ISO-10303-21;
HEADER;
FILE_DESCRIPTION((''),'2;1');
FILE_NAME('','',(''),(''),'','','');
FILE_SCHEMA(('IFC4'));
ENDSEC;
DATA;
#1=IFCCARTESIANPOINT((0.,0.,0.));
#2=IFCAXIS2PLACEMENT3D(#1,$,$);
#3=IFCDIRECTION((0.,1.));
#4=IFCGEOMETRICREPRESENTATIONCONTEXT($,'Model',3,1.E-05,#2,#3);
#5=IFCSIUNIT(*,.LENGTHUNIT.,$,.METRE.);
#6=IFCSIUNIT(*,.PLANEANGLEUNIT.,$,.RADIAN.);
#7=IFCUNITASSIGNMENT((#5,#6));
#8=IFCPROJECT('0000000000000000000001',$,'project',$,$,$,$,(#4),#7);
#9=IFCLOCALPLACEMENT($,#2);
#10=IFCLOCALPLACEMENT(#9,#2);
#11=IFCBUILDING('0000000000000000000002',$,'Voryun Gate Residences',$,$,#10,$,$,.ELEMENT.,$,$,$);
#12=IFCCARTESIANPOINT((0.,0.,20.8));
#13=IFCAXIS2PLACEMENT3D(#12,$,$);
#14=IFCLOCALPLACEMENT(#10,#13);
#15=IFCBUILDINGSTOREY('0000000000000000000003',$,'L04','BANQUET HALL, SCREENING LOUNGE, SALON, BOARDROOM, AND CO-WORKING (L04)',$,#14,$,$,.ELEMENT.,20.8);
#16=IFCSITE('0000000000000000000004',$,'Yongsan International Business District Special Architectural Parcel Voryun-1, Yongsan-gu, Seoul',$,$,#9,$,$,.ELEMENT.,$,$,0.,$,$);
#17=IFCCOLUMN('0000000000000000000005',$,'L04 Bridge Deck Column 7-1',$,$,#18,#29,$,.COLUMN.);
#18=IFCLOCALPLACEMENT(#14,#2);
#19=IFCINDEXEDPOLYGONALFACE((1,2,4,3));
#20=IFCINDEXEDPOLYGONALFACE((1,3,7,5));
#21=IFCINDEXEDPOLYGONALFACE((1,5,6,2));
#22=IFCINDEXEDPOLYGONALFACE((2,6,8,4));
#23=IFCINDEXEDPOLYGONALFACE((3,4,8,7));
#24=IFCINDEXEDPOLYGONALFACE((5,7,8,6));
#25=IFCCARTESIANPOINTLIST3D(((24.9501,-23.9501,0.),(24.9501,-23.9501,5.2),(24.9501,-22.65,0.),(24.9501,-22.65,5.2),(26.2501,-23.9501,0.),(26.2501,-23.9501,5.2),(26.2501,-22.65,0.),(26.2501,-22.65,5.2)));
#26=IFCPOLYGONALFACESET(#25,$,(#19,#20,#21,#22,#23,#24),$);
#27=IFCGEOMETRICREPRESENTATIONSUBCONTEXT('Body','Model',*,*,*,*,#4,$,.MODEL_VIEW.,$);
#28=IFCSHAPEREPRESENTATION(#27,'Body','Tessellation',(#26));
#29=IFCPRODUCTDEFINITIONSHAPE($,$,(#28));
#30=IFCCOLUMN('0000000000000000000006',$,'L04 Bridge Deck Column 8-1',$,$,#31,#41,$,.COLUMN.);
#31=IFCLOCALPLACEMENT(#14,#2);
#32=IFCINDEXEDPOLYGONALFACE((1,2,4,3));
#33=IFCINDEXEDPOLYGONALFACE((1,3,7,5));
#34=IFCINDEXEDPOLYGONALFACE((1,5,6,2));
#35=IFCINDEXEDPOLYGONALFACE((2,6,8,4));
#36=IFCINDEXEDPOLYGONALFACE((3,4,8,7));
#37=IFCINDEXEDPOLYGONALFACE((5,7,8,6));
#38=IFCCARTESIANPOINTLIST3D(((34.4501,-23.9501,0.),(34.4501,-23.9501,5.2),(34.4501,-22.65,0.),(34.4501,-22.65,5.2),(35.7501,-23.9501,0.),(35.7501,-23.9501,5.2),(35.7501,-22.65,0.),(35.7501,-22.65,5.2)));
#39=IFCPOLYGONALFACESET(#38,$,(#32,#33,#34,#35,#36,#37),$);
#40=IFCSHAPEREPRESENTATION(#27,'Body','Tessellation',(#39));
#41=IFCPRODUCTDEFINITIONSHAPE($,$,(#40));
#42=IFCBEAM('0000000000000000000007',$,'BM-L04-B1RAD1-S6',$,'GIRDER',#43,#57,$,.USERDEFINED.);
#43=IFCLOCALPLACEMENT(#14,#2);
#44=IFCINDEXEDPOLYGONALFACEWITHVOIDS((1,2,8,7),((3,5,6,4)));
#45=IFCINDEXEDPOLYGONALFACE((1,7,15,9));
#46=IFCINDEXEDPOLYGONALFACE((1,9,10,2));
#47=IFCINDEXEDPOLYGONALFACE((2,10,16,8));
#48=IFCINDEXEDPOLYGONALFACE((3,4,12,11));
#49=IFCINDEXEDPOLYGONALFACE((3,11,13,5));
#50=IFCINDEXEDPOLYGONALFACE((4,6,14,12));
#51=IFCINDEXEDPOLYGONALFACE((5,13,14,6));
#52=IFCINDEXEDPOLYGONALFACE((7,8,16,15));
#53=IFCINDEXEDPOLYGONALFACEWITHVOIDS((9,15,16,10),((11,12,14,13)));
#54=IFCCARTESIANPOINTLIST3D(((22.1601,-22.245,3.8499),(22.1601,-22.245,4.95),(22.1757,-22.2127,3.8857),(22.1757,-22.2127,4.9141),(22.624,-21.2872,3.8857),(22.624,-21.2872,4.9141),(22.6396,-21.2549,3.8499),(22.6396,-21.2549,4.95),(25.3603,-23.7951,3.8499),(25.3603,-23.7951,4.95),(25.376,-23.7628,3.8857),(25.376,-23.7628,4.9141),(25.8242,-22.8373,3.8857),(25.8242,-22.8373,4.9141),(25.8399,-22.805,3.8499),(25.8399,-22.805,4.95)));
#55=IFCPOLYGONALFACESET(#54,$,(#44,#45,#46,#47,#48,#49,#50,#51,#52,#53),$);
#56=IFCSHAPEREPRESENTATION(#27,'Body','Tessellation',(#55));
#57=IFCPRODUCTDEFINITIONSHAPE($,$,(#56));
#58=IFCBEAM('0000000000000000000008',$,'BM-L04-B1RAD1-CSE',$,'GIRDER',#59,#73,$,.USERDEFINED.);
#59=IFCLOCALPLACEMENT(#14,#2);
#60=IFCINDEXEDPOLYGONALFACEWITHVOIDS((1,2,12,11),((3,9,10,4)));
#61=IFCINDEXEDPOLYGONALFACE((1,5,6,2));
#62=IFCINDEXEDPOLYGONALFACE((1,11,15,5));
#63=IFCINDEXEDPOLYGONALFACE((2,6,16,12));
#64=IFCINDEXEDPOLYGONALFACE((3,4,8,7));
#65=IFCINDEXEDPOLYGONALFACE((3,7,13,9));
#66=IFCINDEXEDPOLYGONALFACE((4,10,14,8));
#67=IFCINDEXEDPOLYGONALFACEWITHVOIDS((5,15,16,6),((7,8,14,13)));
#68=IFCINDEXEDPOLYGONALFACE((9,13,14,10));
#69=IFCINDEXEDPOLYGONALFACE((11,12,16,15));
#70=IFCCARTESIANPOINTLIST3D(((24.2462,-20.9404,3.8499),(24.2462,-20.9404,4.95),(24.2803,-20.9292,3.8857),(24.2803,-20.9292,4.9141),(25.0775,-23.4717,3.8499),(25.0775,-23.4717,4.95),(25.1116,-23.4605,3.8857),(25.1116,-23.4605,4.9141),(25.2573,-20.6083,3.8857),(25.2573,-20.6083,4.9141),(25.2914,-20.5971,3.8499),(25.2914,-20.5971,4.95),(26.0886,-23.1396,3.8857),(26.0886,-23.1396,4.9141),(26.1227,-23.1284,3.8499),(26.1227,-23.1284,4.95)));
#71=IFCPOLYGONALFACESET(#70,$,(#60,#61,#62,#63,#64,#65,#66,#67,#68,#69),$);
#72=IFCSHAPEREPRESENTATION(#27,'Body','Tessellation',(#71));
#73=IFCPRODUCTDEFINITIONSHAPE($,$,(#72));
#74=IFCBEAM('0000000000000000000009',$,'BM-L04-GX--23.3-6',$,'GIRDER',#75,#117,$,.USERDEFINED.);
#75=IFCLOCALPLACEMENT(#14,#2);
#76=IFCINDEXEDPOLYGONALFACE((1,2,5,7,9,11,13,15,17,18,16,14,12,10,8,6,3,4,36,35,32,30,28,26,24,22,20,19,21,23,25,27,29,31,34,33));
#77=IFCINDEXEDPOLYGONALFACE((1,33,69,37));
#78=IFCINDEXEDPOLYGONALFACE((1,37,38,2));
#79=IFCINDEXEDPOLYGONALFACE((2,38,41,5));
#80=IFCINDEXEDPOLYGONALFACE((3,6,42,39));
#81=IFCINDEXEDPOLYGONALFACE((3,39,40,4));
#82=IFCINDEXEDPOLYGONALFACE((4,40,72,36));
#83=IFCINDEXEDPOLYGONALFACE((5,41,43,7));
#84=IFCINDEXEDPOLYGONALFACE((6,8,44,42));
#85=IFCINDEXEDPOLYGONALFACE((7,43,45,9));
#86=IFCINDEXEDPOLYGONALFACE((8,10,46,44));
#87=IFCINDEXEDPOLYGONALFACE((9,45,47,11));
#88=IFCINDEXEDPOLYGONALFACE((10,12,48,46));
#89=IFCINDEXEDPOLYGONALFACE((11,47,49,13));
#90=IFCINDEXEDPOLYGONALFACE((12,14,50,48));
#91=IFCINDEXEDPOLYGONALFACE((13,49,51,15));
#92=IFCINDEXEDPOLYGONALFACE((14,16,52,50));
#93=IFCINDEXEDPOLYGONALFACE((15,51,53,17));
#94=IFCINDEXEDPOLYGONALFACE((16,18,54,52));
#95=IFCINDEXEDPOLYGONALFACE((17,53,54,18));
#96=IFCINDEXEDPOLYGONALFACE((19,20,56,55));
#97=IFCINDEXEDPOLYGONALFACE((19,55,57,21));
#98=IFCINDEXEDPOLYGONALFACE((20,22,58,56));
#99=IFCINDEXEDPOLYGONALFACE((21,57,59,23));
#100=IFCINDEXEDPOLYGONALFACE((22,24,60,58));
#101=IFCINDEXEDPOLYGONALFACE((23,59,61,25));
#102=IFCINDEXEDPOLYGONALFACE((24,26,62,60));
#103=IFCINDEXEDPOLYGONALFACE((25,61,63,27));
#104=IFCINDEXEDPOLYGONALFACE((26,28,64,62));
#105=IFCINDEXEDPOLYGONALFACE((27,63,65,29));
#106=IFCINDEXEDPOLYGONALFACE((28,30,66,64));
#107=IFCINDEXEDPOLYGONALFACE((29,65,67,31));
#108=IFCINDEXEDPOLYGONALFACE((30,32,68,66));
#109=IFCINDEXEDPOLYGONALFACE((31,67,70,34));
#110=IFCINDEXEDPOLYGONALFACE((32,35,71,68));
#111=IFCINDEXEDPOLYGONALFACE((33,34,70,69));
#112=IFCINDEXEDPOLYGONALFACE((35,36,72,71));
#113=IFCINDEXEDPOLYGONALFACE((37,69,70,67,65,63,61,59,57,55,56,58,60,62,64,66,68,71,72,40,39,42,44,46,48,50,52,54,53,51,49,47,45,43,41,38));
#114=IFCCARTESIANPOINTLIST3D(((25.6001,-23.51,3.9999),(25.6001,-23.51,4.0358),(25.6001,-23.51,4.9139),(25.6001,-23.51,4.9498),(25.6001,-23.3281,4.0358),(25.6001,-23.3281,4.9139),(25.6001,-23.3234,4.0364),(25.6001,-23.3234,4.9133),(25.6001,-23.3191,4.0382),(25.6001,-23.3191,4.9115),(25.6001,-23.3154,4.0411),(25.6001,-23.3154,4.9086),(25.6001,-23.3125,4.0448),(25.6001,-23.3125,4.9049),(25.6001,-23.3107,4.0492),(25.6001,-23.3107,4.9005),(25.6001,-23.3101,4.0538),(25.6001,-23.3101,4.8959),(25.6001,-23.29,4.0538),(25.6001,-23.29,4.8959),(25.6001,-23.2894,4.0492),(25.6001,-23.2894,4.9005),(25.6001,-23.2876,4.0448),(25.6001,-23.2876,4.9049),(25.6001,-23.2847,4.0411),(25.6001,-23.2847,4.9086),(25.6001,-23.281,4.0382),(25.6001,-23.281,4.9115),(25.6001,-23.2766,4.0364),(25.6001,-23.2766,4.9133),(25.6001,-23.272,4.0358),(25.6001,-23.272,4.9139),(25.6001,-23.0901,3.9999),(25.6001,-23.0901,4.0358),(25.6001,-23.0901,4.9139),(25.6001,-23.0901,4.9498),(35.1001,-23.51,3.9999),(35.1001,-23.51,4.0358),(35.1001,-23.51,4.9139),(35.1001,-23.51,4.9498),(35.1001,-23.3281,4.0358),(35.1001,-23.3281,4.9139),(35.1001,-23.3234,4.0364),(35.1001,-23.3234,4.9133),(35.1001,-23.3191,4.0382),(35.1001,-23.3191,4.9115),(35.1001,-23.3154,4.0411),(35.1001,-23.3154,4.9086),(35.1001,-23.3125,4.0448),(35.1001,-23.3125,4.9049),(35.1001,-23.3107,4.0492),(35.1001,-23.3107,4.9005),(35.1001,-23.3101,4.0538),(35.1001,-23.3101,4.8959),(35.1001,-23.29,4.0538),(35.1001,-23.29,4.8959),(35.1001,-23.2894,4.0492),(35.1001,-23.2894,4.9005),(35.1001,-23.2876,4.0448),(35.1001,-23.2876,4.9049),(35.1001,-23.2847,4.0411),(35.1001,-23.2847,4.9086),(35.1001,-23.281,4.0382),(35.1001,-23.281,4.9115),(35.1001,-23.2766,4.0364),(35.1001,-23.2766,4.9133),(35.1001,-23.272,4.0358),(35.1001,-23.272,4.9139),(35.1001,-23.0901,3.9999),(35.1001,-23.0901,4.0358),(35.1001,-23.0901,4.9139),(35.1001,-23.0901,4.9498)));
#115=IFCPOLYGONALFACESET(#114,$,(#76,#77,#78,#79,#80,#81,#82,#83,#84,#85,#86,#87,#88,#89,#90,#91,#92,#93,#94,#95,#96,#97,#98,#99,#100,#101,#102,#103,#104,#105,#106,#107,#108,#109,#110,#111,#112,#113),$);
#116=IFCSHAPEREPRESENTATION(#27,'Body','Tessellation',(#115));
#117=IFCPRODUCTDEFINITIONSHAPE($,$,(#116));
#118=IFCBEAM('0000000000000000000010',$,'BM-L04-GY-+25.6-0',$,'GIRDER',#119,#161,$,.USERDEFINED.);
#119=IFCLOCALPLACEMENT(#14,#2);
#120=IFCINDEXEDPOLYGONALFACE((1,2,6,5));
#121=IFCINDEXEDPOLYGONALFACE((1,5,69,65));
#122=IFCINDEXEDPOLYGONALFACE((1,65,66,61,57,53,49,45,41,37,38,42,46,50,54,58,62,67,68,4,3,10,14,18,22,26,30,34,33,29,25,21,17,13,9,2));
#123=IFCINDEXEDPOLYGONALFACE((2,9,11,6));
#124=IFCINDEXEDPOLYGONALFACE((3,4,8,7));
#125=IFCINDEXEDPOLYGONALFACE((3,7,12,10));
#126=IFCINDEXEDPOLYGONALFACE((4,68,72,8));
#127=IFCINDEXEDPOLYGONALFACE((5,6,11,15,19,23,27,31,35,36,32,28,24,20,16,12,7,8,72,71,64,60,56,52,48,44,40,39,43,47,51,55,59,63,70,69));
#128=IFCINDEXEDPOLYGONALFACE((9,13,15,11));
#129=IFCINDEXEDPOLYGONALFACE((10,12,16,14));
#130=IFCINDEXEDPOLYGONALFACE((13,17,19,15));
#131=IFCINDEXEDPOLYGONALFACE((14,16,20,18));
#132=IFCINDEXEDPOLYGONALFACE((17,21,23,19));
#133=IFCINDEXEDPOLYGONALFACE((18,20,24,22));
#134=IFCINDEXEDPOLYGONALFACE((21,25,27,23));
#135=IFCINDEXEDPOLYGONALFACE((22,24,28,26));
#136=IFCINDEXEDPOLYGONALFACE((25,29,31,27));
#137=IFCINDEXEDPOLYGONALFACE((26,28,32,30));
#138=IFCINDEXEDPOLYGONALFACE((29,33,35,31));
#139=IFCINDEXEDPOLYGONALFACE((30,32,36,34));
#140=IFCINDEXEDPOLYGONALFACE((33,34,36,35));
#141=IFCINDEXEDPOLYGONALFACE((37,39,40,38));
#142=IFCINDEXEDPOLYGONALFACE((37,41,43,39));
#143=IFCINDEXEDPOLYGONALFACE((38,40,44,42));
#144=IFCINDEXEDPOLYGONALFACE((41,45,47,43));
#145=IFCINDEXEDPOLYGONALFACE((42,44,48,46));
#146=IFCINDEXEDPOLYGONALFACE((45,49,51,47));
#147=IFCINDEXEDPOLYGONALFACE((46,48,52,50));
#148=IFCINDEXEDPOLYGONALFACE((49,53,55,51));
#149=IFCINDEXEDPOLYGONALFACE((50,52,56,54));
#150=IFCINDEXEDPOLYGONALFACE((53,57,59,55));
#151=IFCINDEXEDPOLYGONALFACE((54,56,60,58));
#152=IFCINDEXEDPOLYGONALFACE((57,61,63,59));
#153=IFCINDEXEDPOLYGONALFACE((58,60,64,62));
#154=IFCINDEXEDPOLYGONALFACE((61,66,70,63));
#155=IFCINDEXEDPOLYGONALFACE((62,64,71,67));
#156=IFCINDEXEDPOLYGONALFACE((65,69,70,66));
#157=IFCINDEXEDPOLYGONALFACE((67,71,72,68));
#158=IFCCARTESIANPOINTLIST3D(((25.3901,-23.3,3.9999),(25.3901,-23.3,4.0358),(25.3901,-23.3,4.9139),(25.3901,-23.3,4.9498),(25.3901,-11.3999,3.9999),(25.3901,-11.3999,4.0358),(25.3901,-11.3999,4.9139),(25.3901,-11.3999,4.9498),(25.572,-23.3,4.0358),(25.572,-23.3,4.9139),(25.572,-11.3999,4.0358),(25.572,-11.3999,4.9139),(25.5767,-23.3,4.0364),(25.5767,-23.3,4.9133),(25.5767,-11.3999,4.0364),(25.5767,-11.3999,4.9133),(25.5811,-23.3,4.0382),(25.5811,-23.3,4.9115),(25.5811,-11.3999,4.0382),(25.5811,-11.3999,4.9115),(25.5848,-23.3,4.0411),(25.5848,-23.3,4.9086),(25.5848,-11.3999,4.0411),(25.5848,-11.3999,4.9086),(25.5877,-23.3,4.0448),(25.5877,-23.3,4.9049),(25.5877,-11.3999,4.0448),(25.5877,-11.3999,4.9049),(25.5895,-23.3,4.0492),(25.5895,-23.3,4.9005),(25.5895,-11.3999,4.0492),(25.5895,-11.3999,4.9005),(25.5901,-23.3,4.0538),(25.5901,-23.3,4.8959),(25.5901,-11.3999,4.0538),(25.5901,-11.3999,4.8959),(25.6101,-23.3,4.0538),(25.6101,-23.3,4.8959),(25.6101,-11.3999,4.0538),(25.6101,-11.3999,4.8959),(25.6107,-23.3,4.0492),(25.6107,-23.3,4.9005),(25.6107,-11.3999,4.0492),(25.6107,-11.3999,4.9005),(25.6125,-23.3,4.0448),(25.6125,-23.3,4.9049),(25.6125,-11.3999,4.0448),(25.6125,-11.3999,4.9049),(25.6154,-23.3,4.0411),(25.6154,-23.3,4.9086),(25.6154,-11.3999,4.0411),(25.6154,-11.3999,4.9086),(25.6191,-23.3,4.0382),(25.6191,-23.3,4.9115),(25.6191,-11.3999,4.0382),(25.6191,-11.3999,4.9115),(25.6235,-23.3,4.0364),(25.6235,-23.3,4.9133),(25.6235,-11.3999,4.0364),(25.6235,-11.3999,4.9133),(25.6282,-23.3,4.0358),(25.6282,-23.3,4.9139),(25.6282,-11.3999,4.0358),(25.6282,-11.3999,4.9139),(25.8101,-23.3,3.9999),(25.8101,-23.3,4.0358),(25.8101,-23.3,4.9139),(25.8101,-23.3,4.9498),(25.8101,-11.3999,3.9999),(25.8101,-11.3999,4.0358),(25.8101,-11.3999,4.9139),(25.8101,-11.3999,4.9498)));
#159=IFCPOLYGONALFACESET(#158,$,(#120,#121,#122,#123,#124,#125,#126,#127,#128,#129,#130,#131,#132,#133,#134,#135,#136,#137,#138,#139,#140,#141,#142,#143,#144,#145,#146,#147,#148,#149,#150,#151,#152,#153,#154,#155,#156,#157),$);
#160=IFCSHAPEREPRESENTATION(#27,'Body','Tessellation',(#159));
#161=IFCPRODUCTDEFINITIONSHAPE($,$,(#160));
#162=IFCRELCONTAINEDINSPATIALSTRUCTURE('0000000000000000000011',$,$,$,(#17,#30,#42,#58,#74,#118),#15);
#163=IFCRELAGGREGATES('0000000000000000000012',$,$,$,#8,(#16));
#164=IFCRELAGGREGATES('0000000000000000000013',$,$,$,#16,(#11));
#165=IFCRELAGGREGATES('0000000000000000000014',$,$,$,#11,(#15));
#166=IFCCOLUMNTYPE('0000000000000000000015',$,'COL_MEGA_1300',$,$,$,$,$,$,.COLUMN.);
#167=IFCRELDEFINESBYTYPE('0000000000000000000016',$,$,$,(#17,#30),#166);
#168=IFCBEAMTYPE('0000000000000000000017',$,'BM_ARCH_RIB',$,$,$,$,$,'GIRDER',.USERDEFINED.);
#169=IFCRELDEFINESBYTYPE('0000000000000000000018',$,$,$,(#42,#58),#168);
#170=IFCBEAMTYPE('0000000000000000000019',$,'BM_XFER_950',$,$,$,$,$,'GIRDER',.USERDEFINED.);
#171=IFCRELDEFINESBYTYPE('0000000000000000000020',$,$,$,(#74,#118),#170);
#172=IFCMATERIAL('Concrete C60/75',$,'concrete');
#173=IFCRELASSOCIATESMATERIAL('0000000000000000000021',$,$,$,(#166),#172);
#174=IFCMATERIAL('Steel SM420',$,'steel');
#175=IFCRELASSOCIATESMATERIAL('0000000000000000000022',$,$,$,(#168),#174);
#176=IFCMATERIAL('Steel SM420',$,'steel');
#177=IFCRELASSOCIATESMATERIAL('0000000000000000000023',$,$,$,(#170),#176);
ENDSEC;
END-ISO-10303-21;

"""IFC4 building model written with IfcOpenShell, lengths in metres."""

from ifc_helpers import new_model, si_unit, direction, frame, origin, origin_2d, place, context, subcontext, project, spatial, rectangle, hollow_rectangle, i_section, extrude, material, material_profile, profile_set, type_object, element, save


model = new_model("IFC4")

# Units and contexts
model_context = context("Model", 3, precision=1e-05, world=origin(), true_north=direction((0.0, 1.0)))
body_context = subcontext(model_context, "Body", "Model", "MODEL_VIEW")
ifc_project = project(units=[si_unit("LENGTHUNIT", "METRE"), si_unit("PLANEANGLEUNIT", "RADIAN")], contexts=[model_context])

# Site, building, storey
site_placement = place(None, origin())
site = spatial("IfcSite", under=ifc_project, at=site_placement, Name="Yongsan International Business District Special Architectural Parcel Voryun-1, Yongsan-gu, Seoul", CompositionType="ELEMENT", RefElevation=0.0)
building_placement = place(site_placement, origin())
building = spatial("IfcBuilding", under=site, at=building_placement, Name="Voryun Gate Residences", CompositionType="ELEMENT")
storey_placement = place(building_placement, frame((0.0, 0.0, 20.8)))
storey = spatial("IfcBuildingStorey", under=building, at=storey_placement, Name="L04", Description="BANQUET HALL, SCREENING LOUNGE, SALON, BOARDROOM, AND CO-WORKING (L04)", CompositionType="ELEMENT", Elevation=20.8)

# Columns
ifc_material_1 = material(Name="Concrete C60/75", Category="concrete")
ifc_material_profile_1 = material_profile(ifc_material_1, rectangle(XDim=1.3, YDim=1.3, at=origin_2d()), Name="RC-1300x1300")
ifc_profile_set_1 = profile_set([ifc_material_profile_1], Name="Concrete C60/75")
column_type = type_object("IfcColumnType", Name="COL_MEGA_1300", PredefinedType="COLUMN", material=ifc_profile_set_1)
for number, where, z_axis, x_axis, name in (
    (1, (25.6001, -23.3, 0.0), (0.0, 0.0, 1.0), (1.0, 0.0, 0.0), "L04 Bridge Deck Column 7-1"),
    (2, (35.1001, -23.3, 0.0), (0.0, 0.0, 1.0), (1.0, 0.0, 0.0), "L04 Bridge Deck Column 8-1"),
):
    element("IfcColumn", number, at=place(storey_placement, frame(where, z_axis=z_axis, x_axis=x_axis)), inside=storey, type_object=column_type, Name=name, PredefinedType="COLUMN", context=body_context, shape_type="SweptSolid", body=[
        extrude(rectangle(XDim=1.3, YDim=1.3, at=origin_2d()), origin(), (0.0, 0.0, 1.0), 5.2),
    ])

# Beams
ifc_material_2 = material(Name="Steel SM420", Category="steel")
ifc_material_profile_2 = material_profile(ifc_material_2, hollow_rectangle(XDim=1.1001, YDim=1.1001, WallThickness=0.0359, at=origin_2d()), Name="BOX-1100x1100x36")
ifc_profile_set_2 = profile_set([ifc_material_profile_2], Name="Steel SM420")
beam_type_1 = type_object("IfcBeamType", Name="BM_ARCH_RIB", ElementType="GIRDER", PredefinedType="USERDEFINED", material=ifc_profile_set_2)
beam_1_placement = place(storey_placement, frame((25.6001, -23.3, 4.3999), z_axis=(-0.899986, 0.435918, 0.0), x_axis=(-0.435918, -0.899986, 0.0)))
element("IfcBeam", 3, at=beam_1_placement, inside=storey, type_object=beam_type_1, Name="BM-L04-B1RAD1-S6", ObjectType="GIRDER", PredefinedType="USERDEFINED", context=body_context, shape_type="SweptSolid", body=[
    extrude(hollow_rectangle(XDim=1.1001, YDim=1.1001, WallThickness=0.0359, at=origin_2d()), origin(), (0.0, 0.0, 1.0), 3.5559),
])
beam_2_placement = place(storey_placement, frame((25.6001, -23.3, 4.3999), z_axis=(-0.312019, 0.950076, 0.0), x_axis=(-0.950076, -0.312019, 0.0)))
element("IfcBeam", 4, at=beam_2_placement, inside=storey, type_object=beam_type_1, Name="BM-L04-B1RAD1-CSE", ObjectType="GIRDER", PredefinedType="USERDEFINED", context=body_context, shape_type="SweptSolid", body=[
    extrude(hollow_rectangle(XDim=1.1001, YDim=1.1001, WallThickness=0.0359, at=origin_2d()), origin(), (0.0, 0.0, 1.0), 2.6643),
])
ifc_material_3 = material(Name="Steel SM420", Category="steel")
ifc_material_profile_3 = material_profile(ifc_material_3, i_section(OverallWidth=0.4199, OverallDepth=0.95, WebThickness=0.02, FlangeThickness=0.0359, FilletRadius=0.0181, at=origin_2d()), Name="H-950x420x20x36")
ifc_profile_set_3 = profile_set([ifc_material_profile_3], Name="Steel SM420")
beam_type_2 = type_object("IfcBeamType", Name="BM_XFER_950", ElementType="GIRDER", PredefinedType="USERDEFINED", material=ifc_profile_set_3)
beam_3_placement = place(storey_placement, frame((25.6001, -23.3, 4.4749), z_axis=(1.0, 0.0, 0.0), x_axis=(0.0, 1.0, 0.0)))
element("IfcBeam", 5, at=beam_3_placement, inside=storey, type_object=beam_type_2, Name="BM-L04-GX--23.3-6", ObjectType="GIRDER", PredefinedType="USERDEFINED", context=body_context, shape_type="SweptSolid", body=[
    extrude(i_section(OverallWidth=0.4199, OverallDepth=0.95, WebThickness=0.02, FlangeThickness=0.0359, FilletRadius=0.0181, at=origin_2d()), origin(), (0.0, 0.0, 1.0), 9.5),
])
for number, where, z_axis, x_axis, name in (
    (6, (25.6001, -23.3, 4.4749), (0.0, 1.0, 0.0), (-1.0, 0.0, 0.0), "BM-L04-GY-+25.6-0"),
):
    element("IfcBeam", number, at=place(storey_placement, frame(where, z_axis=z_axis, x_axis=x_axis)), inside=storey, type_object=beam_type_2, Name=name, ObjectType="GIRDER", PredefinedType="USERDEFINED", context=body_context, shape_type="SweptSolid", body=[
        extrude(i_section(OverallWidth=0.4199, OverallDepth=0.95, WebThickness=0.02, FlangeThickness=0.0359, FilletRadius=0.0181, at=origin_2d()), origin(), (0.0, 0.0, 1.0), 11.9001),
    ])

save(model, "model.ifc")
